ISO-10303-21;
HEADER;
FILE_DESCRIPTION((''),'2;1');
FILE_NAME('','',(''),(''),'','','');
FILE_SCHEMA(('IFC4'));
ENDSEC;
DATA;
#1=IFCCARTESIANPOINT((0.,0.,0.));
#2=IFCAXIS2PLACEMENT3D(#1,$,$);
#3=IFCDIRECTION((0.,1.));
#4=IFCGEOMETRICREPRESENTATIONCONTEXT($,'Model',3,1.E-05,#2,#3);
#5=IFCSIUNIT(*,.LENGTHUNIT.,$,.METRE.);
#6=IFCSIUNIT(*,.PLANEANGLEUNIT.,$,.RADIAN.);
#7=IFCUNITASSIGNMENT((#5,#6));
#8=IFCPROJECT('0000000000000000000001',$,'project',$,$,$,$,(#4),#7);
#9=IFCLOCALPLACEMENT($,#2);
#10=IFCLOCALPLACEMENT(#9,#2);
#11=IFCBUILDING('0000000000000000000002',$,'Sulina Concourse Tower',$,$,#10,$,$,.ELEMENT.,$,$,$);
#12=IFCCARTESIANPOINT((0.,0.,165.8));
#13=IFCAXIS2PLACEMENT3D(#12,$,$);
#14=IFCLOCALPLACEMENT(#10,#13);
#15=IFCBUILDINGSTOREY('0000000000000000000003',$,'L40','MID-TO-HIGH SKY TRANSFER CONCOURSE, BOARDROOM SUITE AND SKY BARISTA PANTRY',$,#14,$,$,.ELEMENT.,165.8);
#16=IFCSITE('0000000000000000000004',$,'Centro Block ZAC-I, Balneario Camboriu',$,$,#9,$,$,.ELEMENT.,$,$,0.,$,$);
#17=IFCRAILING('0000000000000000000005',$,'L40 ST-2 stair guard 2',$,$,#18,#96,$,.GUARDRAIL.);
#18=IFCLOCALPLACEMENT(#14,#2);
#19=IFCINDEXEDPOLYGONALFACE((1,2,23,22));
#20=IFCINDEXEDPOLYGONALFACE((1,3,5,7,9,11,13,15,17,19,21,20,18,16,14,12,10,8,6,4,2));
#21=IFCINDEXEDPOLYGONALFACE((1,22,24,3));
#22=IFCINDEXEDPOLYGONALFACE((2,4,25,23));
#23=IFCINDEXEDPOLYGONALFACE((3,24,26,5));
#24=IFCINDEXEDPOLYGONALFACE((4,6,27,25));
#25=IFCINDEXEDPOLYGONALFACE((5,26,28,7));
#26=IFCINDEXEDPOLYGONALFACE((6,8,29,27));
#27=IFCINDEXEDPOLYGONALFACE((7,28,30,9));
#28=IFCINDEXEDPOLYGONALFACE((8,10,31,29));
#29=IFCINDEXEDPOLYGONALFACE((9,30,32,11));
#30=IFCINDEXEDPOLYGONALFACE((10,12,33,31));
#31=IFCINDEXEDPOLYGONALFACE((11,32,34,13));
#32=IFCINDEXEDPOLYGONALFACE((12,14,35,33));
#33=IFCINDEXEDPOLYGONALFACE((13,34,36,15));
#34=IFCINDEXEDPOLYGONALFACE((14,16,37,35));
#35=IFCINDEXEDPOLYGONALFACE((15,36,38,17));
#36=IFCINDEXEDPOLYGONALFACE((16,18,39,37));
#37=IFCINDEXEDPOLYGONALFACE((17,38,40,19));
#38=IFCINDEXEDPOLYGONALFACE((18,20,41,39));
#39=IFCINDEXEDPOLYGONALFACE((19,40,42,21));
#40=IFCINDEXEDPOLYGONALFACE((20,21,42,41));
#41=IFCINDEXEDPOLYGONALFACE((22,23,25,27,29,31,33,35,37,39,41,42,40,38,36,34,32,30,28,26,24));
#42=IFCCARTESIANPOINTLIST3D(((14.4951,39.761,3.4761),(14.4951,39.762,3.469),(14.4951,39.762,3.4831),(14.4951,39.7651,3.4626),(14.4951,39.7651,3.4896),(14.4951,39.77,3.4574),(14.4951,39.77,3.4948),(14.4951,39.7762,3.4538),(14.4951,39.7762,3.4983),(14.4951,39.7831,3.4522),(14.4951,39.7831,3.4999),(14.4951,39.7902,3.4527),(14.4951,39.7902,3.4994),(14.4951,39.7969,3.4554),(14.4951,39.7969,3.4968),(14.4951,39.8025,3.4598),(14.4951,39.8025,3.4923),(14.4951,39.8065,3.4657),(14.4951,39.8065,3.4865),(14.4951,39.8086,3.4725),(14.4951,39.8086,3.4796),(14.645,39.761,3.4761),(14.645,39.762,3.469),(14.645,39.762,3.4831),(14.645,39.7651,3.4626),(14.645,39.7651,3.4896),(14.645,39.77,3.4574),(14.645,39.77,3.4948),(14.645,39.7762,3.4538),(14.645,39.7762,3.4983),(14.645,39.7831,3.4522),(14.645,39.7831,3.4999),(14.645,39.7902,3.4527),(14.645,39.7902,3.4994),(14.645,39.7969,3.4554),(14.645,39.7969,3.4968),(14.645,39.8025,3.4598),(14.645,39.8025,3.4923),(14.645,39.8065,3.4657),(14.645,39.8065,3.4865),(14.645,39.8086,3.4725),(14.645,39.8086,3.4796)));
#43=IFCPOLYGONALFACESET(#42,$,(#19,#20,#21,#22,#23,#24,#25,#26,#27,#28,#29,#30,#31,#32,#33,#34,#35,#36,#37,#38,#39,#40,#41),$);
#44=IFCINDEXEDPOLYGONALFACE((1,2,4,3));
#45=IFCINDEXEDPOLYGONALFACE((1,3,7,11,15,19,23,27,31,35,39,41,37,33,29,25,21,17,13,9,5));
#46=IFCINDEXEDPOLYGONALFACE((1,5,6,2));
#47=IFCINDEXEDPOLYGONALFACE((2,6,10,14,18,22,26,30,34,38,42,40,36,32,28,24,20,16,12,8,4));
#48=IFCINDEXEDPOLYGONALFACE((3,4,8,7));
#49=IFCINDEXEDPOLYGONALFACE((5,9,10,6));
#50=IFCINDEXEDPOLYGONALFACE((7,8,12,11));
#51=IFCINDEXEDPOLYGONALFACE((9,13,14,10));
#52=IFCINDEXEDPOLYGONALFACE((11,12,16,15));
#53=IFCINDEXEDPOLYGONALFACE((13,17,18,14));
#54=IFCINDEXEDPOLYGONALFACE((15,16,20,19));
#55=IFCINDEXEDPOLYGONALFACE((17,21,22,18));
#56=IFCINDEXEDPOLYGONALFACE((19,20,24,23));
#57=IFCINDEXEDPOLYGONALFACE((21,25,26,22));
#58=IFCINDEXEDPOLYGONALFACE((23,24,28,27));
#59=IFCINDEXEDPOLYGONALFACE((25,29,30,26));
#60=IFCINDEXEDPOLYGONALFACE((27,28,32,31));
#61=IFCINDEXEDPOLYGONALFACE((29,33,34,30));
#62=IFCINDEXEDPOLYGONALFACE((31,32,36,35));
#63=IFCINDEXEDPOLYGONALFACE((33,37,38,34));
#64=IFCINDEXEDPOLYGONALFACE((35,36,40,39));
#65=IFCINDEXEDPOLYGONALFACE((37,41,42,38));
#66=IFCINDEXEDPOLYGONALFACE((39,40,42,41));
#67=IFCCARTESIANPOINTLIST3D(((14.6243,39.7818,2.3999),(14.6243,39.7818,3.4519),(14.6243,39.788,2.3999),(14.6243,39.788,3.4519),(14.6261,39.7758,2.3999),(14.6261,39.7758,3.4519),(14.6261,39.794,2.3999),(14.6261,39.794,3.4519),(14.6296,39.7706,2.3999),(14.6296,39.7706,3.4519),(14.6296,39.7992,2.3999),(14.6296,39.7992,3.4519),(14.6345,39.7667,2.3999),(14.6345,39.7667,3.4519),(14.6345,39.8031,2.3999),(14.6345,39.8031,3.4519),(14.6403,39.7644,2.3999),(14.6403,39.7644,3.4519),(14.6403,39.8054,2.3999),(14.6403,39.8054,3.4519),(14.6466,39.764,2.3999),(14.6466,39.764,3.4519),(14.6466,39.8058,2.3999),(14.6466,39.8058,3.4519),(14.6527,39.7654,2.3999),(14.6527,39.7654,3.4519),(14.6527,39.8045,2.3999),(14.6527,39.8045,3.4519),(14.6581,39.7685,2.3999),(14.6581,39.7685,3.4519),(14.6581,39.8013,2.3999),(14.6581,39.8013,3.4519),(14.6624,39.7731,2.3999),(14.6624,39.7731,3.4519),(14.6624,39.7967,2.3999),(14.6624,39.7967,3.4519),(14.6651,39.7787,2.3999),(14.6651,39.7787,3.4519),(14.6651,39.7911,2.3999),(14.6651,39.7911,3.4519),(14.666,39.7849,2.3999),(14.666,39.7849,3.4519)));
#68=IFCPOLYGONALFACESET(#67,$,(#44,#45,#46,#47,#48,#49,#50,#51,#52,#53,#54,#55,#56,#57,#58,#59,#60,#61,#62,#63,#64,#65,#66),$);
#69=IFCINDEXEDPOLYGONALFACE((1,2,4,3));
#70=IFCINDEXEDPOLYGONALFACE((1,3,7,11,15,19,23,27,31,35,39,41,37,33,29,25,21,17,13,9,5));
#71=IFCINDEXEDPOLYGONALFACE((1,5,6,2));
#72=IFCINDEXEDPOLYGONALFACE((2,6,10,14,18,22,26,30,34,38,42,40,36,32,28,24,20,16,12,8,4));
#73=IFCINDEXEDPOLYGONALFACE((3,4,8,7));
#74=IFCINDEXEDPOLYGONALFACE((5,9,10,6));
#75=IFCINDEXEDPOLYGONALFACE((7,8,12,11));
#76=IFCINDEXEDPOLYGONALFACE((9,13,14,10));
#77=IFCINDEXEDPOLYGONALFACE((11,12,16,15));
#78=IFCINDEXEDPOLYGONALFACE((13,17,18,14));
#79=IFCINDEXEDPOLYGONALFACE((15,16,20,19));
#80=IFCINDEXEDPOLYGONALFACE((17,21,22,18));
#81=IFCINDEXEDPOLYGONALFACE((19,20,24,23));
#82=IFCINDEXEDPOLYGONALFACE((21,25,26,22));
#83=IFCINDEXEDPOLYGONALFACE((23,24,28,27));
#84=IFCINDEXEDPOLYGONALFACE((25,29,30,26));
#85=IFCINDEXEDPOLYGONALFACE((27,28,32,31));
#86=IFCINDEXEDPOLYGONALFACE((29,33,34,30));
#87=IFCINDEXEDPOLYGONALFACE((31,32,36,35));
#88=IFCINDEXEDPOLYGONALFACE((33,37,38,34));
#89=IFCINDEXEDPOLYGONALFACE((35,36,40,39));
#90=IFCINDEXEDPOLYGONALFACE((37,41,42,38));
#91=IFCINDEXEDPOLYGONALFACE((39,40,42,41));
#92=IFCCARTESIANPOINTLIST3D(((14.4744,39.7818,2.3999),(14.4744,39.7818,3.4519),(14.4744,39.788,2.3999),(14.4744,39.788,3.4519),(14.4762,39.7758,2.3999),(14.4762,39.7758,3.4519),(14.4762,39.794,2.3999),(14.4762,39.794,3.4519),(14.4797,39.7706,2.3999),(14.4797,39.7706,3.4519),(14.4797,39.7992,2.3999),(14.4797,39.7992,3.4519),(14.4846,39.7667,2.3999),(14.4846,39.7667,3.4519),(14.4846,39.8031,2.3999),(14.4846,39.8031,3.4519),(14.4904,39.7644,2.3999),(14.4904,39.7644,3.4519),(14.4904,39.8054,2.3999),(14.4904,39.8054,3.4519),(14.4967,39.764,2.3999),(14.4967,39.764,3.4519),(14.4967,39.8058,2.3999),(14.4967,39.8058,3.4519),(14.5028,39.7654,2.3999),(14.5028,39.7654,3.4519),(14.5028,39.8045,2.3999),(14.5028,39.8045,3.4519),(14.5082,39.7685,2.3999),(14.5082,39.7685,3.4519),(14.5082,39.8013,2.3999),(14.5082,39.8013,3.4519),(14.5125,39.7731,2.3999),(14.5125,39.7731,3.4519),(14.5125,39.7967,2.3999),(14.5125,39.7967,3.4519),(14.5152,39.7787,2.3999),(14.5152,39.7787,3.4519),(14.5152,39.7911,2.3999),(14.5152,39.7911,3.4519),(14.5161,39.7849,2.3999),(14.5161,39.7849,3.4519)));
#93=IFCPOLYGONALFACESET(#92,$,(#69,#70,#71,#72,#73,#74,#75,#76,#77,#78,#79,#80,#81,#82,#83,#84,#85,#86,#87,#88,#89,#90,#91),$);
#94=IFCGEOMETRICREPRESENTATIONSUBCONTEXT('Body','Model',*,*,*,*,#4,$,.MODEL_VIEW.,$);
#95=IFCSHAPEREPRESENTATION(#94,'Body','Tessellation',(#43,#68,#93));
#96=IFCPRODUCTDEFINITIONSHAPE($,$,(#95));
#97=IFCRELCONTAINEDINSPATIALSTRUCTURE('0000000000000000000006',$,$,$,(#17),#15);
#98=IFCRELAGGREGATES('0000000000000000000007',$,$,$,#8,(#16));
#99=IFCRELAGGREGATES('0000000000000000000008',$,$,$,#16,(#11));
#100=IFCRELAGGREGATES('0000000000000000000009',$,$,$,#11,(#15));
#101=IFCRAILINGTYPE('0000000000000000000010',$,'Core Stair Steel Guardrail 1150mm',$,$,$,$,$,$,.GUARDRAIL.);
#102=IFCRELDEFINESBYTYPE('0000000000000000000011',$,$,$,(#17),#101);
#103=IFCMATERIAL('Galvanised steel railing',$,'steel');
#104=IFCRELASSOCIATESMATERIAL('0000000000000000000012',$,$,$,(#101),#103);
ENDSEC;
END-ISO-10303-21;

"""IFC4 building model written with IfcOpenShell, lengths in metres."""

from ifc_helpers import new_model, si_unit, direction, frame, origin, origin_2d, place, context, subcontext, project, spatial, circle, extrude, material, type_object, element, save


model = new_model("IFC4")

# Units and contexts
model_context = context("Model", 3, precision=1e-05, world=origin(), true_north=direction((0.0, 1.0)))
body_context = subcontext(model_context, "Body", "Model", "MODEL_VIEW")
ifc_project = project(units=[si_unit("LENGTHUNIT", "METRE"), si_unit("PLANEANGLEUNIT", "RADIAN")], contexts=[model_context])

# Site, building, storey
site_placement = place(None, origin())
site = spatial("IfcSite", under=ifc_project, at=site_placement, Name="Centro Block ZAC-I, Balneario Camboriu", CompositionType="ELEMENT", RefElevation=0.0)
building_placement = place(site_placement, origin())
building = spatial("IfcBuilding", under=site, at=building_placement, Name="Sulina Concourse Tower", CompositionType="ELEMENT")
storey_placement = place(building_placement, frame((0.0, 0.0, 165.8)))
storey = spatial("IfcBuildingStorey", under=building, at=storey_placement, Name="L40", Description="MID-TO-HIGH SKY TRANSFER CONCOURSE, BOARDROOM SUITE AND SKY BARISTA PANTRY", CompositionType="ELEMENT", Elevation=165.8)

# Railing
ifc_material_1 = material(Name="Galvanised steel railing", Category="steel")
railing_type_1 = type_object("IfcRailingType", Name="Core Stair Steel Guardrail 1150mm", PredefinedType="GUARDRAIL", material=ifc_material_1)
railing_1_placement = place(storey_placement, frame((14.645, 39.7849, 2.3999)))
element("IfcRailing", 1, at=railing_1_placement, inside=storey, type_object=railing_type_1, Name="L40 ST-2 stair guard 2", PredefinedType="GUARDRAIL", context=body_context, shape_type="SweptSolid", body=[
    extrude(circle(Radius=0.0239, at=origin_2d()), frame((0.0, 0.0, 1.0762), z_axis=(-1.0, 0.0, 0.0), x_axis=(0.0, -1.0, 0.0)), (0.0, 0.0, 1.0), 0.1499),
    extrude(circle(Radius=0.021, at=origin_2d()), origin(), (0.0, 0.0, 1.0), 1.052),
    extrude(circle(Radius=0.021, at=origin_2d()), frame((-0.1499, 0.0, 0.0)), (0.0, 0.0, 1.0), 1.052),
])

save(model, "model.ifc")
